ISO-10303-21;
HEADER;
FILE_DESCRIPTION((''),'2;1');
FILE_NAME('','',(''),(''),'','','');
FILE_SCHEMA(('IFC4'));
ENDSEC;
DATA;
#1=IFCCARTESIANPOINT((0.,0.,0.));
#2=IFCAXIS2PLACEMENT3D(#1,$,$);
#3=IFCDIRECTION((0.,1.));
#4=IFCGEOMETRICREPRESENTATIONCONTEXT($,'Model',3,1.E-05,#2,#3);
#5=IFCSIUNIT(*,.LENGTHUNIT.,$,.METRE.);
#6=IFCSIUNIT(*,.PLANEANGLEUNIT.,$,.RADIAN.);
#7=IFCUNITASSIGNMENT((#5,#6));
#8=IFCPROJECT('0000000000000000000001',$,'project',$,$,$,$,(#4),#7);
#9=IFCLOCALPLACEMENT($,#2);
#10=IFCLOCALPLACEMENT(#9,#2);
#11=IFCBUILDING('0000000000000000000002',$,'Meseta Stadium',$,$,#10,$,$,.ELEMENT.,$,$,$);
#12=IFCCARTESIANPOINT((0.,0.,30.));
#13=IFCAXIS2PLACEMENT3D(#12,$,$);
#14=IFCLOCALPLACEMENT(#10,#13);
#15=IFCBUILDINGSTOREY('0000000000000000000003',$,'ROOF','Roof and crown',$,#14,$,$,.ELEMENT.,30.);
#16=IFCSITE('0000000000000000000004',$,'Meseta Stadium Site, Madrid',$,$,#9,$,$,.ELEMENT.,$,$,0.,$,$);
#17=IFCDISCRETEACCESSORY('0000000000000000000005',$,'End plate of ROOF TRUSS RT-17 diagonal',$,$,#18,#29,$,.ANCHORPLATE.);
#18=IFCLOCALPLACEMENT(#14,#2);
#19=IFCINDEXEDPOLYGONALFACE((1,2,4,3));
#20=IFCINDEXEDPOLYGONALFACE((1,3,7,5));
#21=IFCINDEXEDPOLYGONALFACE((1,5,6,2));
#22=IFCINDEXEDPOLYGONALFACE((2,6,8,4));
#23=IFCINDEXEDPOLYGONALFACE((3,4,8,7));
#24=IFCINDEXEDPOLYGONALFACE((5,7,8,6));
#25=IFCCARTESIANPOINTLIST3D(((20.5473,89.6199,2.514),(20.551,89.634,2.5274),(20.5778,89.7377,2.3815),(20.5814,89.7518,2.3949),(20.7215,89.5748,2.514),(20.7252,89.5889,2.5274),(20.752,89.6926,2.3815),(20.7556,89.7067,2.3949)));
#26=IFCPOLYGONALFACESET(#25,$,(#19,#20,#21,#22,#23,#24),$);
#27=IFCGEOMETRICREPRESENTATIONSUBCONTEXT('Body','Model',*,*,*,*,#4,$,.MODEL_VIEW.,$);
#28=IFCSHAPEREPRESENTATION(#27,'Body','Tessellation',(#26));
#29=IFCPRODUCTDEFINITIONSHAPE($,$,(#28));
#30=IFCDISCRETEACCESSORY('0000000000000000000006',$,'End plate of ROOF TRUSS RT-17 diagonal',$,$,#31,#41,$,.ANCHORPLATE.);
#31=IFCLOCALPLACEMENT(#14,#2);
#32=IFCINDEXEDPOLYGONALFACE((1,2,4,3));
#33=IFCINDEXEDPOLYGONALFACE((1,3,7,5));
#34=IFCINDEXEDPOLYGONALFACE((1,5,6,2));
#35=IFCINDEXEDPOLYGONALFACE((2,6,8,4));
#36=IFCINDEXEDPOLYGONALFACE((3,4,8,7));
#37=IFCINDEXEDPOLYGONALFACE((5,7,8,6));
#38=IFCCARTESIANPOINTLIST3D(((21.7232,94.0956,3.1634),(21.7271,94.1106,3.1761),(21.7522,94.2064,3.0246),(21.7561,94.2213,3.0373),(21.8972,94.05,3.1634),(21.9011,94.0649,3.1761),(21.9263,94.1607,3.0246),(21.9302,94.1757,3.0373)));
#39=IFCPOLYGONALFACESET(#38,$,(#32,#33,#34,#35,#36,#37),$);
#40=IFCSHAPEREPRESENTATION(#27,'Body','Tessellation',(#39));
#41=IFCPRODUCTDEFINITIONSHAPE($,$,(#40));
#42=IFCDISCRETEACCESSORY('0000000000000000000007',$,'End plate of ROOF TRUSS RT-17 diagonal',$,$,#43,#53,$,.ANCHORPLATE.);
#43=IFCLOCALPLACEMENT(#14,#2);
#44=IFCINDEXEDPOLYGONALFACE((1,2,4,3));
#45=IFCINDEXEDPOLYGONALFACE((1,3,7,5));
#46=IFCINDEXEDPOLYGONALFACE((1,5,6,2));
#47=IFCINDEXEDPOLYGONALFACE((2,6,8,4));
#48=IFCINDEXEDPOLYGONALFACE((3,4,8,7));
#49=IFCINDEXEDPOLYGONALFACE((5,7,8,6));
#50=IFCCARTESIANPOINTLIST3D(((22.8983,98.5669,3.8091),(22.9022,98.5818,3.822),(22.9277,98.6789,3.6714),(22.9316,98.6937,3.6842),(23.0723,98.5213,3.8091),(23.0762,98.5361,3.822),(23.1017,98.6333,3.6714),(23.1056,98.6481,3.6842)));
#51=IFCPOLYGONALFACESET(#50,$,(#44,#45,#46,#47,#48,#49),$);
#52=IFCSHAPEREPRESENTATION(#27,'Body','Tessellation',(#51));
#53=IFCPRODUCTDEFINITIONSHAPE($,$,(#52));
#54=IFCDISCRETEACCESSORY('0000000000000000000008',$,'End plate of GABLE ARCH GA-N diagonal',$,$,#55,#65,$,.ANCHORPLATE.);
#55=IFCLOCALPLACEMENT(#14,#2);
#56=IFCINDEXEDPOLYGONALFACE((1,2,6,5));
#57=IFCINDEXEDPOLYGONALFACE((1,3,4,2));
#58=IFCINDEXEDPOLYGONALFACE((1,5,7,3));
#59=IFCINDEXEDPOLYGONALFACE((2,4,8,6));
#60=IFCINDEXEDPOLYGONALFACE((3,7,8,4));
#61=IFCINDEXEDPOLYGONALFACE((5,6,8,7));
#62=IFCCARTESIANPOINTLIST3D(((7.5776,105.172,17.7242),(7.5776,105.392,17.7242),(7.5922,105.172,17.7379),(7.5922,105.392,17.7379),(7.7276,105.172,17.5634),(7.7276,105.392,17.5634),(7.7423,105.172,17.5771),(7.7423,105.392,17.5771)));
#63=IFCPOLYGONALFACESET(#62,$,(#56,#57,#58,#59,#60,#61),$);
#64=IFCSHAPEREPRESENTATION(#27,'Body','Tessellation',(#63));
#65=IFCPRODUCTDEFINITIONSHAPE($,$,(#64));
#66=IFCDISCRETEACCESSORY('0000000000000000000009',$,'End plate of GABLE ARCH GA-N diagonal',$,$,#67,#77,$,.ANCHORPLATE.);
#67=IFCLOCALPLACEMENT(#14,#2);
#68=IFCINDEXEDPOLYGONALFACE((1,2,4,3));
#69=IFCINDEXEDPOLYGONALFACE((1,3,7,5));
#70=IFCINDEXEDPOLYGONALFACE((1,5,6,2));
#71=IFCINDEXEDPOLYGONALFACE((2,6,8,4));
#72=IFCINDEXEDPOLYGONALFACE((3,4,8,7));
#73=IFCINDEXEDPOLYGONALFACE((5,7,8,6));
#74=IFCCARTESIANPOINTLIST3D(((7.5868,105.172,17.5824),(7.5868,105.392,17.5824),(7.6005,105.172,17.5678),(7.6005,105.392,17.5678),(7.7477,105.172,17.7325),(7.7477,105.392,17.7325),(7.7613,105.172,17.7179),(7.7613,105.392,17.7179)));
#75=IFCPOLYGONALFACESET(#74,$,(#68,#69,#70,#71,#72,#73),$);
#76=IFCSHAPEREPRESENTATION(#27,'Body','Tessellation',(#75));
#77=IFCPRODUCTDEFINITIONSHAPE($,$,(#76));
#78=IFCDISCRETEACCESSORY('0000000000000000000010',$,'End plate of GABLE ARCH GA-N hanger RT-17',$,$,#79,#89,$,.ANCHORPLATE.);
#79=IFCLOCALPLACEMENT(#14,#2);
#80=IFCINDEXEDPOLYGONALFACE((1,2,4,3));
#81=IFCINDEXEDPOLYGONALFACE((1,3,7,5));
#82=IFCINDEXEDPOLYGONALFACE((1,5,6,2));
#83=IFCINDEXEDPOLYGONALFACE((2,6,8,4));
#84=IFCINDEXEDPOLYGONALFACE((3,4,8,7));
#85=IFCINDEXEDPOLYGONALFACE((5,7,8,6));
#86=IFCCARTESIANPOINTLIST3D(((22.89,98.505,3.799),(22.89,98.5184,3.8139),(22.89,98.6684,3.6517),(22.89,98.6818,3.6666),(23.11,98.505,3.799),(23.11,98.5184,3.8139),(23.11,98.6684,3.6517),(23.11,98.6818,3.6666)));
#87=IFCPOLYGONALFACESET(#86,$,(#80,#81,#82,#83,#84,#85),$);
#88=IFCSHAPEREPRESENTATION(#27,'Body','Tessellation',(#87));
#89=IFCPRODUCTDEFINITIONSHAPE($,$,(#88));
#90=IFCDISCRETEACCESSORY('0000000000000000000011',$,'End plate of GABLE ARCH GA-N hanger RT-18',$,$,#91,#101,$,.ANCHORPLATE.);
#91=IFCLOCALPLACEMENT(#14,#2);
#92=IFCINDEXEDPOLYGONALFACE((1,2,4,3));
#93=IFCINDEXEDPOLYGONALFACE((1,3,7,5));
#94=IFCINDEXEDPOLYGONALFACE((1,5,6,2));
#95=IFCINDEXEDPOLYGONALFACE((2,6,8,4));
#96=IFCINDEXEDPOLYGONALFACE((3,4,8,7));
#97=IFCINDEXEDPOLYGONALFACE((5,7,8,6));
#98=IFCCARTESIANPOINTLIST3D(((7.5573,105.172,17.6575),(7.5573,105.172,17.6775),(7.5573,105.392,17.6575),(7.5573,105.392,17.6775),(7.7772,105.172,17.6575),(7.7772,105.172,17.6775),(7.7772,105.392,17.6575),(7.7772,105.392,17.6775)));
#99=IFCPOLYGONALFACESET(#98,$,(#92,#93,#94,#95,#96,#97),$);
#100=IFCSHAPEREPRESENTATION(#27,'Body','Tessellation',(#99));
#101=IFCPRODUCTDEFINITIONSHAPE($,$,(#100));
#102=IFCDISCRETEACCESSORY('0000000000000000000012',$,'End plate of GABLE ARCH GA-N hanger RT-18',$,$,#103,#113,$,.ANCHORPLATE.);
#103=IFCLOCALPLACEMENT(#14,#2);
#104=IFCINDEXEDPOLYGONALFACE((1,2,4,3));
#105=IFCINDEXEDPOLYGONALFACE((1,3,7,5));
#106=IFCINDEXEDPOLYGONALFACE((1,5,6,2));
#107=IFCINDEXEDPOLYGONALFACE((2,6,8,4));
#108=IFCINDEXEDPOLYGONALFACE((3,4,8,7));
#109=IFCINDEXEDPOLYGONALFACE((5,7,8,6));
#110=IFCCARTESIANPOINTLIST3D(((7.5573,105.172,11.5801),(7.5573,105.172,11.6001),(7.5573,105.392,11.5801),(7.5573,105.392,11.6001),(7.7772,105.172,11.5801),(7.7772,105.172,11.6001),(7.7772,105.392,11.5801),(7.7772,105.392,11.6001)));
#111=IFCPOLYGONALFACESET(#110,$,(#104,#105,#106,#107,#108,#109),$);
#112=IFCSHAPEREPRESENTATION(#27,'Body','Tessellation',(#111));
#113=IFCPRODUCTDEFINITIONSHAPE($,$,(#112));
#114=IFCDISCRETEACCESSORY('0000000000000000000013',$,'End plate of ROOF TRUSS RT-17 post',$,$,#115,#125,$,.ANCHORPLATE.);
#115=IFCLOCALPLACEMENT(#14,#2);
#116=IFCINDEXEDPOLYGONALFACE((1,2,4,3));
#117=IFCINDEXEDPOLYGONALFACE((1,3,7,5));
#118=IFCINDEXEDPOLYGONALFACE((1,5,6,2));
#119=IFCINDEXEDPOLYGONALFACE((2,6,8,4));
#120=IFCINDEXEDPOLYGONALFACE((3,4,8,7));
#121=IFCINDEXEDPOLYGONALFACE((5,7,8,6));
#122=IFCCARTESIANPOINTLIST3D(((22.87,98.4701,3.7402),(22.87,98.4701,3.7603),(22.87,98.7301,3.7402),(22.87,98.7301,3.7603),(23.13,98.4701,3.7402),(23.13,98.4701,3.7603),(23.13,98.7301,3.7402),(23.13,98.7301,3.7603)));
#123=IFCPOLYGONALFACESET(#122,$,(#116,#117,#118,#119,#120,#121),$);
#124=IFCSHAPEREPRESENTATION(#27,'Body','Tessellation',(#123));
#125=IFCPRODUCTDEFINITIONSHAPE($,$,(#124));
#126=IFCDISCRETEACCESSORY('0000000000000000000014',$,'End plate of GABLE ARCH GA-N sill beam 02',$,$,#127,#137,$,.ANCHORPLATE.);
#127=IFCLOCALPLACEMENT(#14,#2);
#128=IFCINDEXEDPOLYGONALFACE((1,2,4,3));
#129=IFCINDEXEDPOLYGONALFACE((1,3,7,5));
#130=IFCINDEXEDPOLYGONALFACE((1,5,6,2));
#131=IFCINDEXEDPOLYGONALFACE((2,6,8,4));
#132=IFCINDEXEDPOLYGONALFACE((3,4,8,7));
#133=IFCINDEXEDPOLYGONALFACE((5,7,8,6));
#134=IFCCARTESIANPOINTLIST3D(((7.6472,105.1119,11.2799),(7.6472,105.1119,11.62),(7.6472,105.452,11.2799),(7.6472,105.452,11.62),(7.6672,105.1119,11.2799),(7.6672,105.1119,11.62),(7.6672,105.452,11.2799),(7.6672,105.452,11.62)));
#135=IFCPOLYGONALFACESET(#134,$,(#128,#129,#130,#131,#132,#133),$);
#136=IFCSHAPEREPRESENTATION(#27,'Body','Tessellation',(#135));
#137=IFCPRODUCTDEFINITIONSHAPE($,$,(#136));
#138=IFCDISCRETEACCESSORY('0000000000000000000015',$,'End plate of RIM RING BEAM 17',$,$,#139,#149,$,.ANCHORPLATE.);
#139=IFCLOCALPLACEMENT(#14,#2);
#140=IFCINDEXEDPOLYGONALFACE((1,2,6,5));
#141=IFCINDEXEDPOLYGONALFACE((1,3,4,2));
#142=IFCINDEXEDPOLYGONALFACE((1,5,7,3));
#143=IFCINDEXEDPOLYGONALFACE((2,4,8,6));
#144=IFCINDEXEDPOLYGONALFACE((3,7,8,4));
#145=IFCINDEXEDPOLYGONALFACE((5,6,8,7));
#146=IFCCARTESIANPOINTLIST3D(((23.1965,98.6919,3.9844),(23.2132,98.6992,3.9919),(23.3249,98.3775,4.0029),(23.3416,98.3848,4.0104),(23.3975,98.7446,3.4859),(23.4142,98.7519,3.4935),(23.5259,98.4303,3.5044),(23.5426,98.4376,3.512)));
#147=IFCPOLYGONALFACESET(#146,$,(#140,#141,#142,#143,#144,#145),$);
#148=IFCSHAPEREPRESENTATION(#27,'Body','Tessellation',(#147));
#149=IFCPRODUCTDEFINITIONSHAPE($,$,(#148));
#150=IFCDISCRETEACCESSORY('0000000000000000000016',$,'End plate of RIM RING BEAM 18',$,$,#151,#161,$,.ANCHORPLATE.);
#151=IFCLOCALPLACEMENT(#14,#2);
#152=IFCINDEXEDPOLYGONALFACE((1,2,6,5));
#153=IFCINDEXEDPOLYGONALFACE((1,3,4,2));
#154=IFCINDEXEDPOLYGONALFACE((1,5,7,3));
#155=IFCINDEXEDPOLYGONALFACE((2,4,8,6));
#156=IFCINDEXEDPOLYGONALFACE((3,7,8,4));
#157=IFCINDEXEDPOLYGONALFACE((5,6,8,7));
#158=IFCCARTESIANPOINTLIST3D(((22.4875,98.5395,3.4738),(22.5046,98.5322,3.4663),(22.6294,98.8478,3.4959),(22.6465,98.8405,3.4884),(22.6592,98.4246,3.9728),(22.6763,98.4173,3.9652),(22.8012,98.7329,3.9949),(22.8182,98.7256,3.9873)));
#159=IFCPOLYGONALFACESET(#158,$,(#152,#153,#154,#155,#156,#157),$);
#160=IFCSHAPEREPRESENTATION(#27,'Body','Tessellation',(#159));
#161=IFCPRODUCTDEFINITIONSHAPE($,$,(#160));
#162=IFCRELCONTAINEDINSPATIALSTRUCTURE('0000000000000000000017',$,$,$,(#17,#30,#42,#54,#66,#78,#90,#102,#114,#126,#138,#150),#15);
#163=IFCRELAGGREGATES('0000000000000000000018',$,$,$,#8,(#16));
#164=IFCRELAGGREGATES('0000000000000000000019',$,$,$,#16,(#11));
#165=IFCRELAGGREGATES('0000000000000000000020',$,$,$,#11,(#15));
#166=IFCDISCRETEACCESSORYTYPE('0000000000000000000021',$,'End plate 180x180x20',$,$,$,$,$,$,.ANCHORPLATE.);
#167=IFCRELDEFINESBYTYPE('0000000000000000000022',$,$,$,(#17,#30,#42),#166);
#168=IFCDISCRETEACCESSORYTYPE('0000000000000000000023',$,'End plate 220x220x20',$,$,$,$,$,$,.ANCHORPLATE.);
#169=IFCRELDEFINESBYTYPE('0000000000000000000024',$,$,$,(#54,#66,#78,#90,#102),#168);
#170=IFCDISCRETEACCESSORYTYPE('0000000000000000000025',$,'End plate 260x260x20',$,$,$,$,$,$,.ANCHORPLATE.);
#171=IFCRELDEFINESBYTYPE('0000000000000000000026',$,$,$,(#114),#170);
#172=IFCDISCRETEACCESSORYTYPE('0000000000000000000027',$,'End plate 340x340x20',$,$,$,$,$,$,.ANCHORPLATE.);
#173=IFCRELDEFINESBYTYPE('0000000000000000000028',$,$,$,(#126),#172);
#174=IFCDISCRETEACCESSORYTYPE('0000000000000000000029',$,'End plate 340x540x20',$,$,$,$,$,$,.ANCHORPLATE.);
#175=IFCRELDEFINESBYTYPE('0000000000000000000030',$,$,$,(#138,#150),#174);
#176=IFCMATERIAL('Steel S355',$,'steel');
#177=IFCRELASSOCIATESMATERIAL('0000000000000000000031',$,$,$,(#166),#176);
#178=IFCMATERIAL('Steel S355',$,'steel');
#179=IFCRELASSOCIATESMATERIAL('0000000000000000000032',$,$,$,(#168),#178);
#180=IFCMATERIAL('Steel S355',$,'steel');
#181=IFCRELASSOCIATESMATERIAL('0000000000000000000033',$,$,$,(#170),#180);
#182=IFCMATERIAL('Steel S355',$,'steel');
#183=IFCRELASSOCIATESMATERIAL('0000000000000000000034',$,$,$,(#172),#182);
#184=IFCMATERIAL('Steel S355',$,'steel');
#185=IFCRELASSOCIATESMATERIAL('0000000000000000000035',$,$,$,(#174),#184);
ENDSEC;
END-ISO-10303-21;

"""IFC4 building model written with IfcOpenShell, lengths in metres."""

from ifc_helpers import new_model, si_unit, direction, frame, origin, origin_2d, place, context, subcontext, project, spatial, rectangle, extrude, material, material_profile, profile_set, type_object, element, save


model = new_model("IFC4")

# Units and contexts
model_context = context("Model", 3, precision=1e-05, world=origin(), true_north=direction((0.0, 1.0)))
body_context = subcontext(model_context, "Body", "Model", "MODEL_VIEW")
ifc_project = project(units=[si_unit("LENGTHUNIT", "METRE"), si_unit("PLANEANGLEUNIT", "RADIAN")], contexts=[model_context])

# Site, building, storey
site_placement = place(None, origin())
site = spatial("IfcSite", under=ifc_project, at=site_placement, Name="Meseta Stadium Site, Madrid", CompositionType="ELEMENT", RefElevation=0.0)
building_placement = place(site_placement, origin())
building = spatial("IfcBuilding", under=site, at=building_placement, Name="Meseta Stadium", CompositionType="ELEMENT")
storey_placement = place(building_placement, frame((0.0, 0.0, 30.0)))
storey = spatial("IfcBuildingStorey", under=building, at=storey_placement, Name="ROOF", Description="Roof and crown", CompositionType="ELEMENT", Elevation=30.0)

# Discrete accessories
ifc_material_1 = material(Name="Steel S355", Category="steel")
ifc_material_profile_1 = material_profile(ifc_material_1, rectangle(XDim=0.1799, YDim=0.1799, at=origin_2d()), Name="PL 180x180")
ifc_profile_set_1 = profile_set([ifc_material_profile_1], Name="Steel S355")
discrete_accessory_type_1 = type_object("IfcDiscreteAccessoryType", Name="End plate 180x180x20", PredefinedType="ANCHORPLATE", material=ifc_profile_set_1)
discrete_accessory_1_placement = place(storey_placement, frame((20.6497, 89.6562, 2.4478), z_axis=(0.184442, 0.713175, 0.676286), x_axis=(-0.968147, 0.250383, 0.0)))
element("IfcDiscreteAccessory", 1, at=discrete_accessory_1_placement, inside=storey, type_object=discrete_accessory_type_1, Name="End plate of ROOF TRUSS RT-17 diagonal", PredefinedType="ANCHORPLATE", context=body_context, shape_type="SweptSolid", body=[
    extrude(rectangle(XDim=0.1799, YDim=0.1799, at=origin_2d()), origin(), (0.0, 0.0, 1.0), 0.0198),
])
for number, where, z_axis, x_axis, name in (
    (2, (21.8247, 94.1282, 3.094), (0.195749, 0.746293, 0.636184), (-0.96728, 0.253713, 0.0), "End plate of ROOF TRUSS RT-17 diagonal"),
    (3, (23.0, 98.6001, 3.7402), (0.194229, 0.740496, 0.643382), (-0.96728, 0.253713, 0.0), "End plate of ROOF TRUSS RT-17 diagonal"),
):
    element("IfcDiscreteAccessory", number, at=place(storey_placement, frame(where, z_axis=z_axis, x_axis=x_axis)), inside=storey, type_object=discrete_accessory_type_1, Name=name, PredefinedType="ANCHORPLATE", context=body_context, shape_type="SweptSolid", body=[
        extrude(rectangle(XDim=0.1799, YDim=0.1799, at=origin_2d()), origin(), (0.0, 0.0, 1.0), 0.02),
    ])
ifc_material_2 = material(Name="Steel S355", Category="steel")
ifc_material_profile_2 = material_profile(ifc_material_2, rectangle(XDim=0.22, YDim=0.22, at=origin_2d()), Name="PL 220x220")
ifc_profile_set_2 = profile_set([ifc_material_profile_2], Name="Steel S355")
discrete_accessory_type_2 = type_object("IfcDiscreteAccessoryType", Name="End plate 220x220x20", PredefinedType="ANCHORPLATE", material=ifc_profile_set_2)
for number, where, z_axis, x_axis, name in (
    (4, (7.6672, 105.282, 17.6575), (-0.731055, 0.0, -0.682318), (0.0, -1.0, 0.0), "End plate of GABLE ARCH GA-N diagonal"),
    (5, (7.6809, 105.282, 17.6428), (-0.682318, 0.0, 0.731055), (0.0, -1.0, 0.0), "End plate of GABLE ARCH GA-N diagonal"),
    (6, (23.0, 98.6001, 3.7402), (0.0, -0.669637, -0.742688), (1.0, 0.0, 0.0), "End plate of GABLE ARCH GA-N hanger RT-17"),
    (7, (7.6672, 105.282, 17.6775), (0.0, 0.0, -1.0), (1.0, 0.0, 0.0), "End plate of GABLE ARCH GA-N hanger RT-18"),
    (8, (7.6672, 105.282, 11.6001), (0.0, 0.0, -1.0), (1.0, 0.0, 0.0), "End plate of GABLE ARCH GA-N hanger RT-18"),
):
    element("IfcDiscreteAccessory", number, at=place(storey_placement, frame(where, z_axis=z_axis, x_axis=x_axis)), inside=storey, type_object=discrete_accessory_type_2, Name=name, PredefinedType="ANCHORPLATE", context=body_context, shape_type="SweptSolid", body=[
        extrude(rectangle(XDim=0.22, YDim=0.22, at=origin_2d()), origin(), (0.0, 0.0, 1.0), 0.02),
    ])
ifc_material_3 = material(Name="Steel S355", Category="steel")
ifc_material_profile_3 = material_profile(ifc_material_3, rectangle(XDim=0.26, YDim=0.26, at=origin_2d()), Name="PL 260x260")
ifc_profile_set_3 = profile_set([ifc_material_profile_3], Name="Steel S355")
discrete_accessory_type_3 = type_object("IfcDiscreteAccessoryType", Name="End plate 260x260x20", PredefinedType="ANCHORPLATE", material=ifc_profile_set_3)
discrete_accessory_2_placement = place(storey_placement, frame((23.0, 98.6001, 3.7402), z_axis=(0.0, 0.0, 1.0), x_axis=(1.0, 0.0, 0.0)))
element("IfcDiscreteAccessory", 9, at=discrete_accessory_2_placement, inside=storey, type_object=discrete_accessory_type_3, Name="End plate of ROOF TRUSS RT-17 post", PredefinedType="ANCHORPLATE", context=body_context, shape_type="SweptSolid", body=[
    extrude(rectangle(XDim=0.26, YDim=0.26, at=origin_2d()), origin(), (0.0, 0.0, 1.0), 0.02),
])
ifc_material_4 = material(Name="Steel S355", Category="steel")
ifc_material_profile_4 = material_profile(ifc_material_4, rectangle(XDim=0.3401, YDim=0.3401, at=origin_2d()), Name="PL 340x340")
ifc_profile_set_4 = profile_set([ifc_material_profile_4], Name="Steel S355")
discrete_accessory_type_4 = type_object("IfcDiscreteAccessoryType", Name="End plate 340x340x20", PredefinedType="ANCHORPLATE", material=ifc_profile_set_4)
discrete_accessory_3_placement = place(storey_placement, frame((7.6672, 105.282, 11.45), z_axis=(-1.0, 0.0, 0.0), x_axis=(0.0, -1.0, 0.0)))
element("IfcDiscreteAccessory", 10, at=discrete_accessory_3_placement, inside=storey, type_object=discrete_accessory_type_4, Name="End plate of GABLE ARCH GA-N sill beam 02", PredefinedType="ANCHORPLATE", context=body_context, shape_type="SweptSolid", body=[
    extrude(rectangle(XDim=0.3401, YDim=0.3401, at=origin_2d()), origin(), (0.0, 0.0, 1.0), 0.02),
])
ifc_material_5 = material(Name="Steel S355", Category="steel")
ifc_material_profile_5 = material_profile(ifc_material_5, rectangle(XDim=0.3401, YDim=0.54, at=origin_2d()), Name="PL 340x540")
ifc_profile_set_5 = profile_set([ifc_material_profile_5], Name="Steel S355")
discrete_accessory_type_5 = type_object("IfcDiscreteAccessoryType", Name="End plate 340x540x20", PredefinedType="ANCHORPLATE", material=ifc_profile_set_5)
discrete_accessory_4_placement = place(storey_placement, frame((23.3779, 98.5684, 3.752), z_axis=(-0.847919, -0.368661, -0.380949), x_axis=(0.377494, -0.924415, 0.054367)))
element("IfcDiscreteAccessory", 11, at=discrete_accessory_4_placement, inside=storey, type_object=discrete_accessory_type_5, Name="End plate of RIM RING BEAM 17", PredefinedType="ANCHORPLATE", context=body_context, shape_type="SweptSolid", body=[
    extrude(rectangle(XDim=0.3401, YDim=0.54, at=origin_2d()), origin(), (0.0, 0.0, 1.0), 0.0198),
])
discrete_accessory_5_placement = place(storey_placement, frame((22.6614, 98.6289, 3.7268), z_axis=(-0.851319, 0.364851, 0.377013), x_axis=(-0.417291, -0.906441, -0.065069)))
element("IfcDiscreteAccessory", 12, at=discrete_accessory_5_placement, inside=storey, type_object=discrete_accessory_type_5, Name="End plate of RIM RING BEAM 18", PredefinedType="ANCHORPLATE", context=body_context, shape_type="SweptSolid", body=[
    extrude(rectangle(XDim=0.3401, YDim=0.54, at=origin_2d()), origin(), (0.0, 0.0, 1.0), 0.02),
])

save(model, "model.ifc")
